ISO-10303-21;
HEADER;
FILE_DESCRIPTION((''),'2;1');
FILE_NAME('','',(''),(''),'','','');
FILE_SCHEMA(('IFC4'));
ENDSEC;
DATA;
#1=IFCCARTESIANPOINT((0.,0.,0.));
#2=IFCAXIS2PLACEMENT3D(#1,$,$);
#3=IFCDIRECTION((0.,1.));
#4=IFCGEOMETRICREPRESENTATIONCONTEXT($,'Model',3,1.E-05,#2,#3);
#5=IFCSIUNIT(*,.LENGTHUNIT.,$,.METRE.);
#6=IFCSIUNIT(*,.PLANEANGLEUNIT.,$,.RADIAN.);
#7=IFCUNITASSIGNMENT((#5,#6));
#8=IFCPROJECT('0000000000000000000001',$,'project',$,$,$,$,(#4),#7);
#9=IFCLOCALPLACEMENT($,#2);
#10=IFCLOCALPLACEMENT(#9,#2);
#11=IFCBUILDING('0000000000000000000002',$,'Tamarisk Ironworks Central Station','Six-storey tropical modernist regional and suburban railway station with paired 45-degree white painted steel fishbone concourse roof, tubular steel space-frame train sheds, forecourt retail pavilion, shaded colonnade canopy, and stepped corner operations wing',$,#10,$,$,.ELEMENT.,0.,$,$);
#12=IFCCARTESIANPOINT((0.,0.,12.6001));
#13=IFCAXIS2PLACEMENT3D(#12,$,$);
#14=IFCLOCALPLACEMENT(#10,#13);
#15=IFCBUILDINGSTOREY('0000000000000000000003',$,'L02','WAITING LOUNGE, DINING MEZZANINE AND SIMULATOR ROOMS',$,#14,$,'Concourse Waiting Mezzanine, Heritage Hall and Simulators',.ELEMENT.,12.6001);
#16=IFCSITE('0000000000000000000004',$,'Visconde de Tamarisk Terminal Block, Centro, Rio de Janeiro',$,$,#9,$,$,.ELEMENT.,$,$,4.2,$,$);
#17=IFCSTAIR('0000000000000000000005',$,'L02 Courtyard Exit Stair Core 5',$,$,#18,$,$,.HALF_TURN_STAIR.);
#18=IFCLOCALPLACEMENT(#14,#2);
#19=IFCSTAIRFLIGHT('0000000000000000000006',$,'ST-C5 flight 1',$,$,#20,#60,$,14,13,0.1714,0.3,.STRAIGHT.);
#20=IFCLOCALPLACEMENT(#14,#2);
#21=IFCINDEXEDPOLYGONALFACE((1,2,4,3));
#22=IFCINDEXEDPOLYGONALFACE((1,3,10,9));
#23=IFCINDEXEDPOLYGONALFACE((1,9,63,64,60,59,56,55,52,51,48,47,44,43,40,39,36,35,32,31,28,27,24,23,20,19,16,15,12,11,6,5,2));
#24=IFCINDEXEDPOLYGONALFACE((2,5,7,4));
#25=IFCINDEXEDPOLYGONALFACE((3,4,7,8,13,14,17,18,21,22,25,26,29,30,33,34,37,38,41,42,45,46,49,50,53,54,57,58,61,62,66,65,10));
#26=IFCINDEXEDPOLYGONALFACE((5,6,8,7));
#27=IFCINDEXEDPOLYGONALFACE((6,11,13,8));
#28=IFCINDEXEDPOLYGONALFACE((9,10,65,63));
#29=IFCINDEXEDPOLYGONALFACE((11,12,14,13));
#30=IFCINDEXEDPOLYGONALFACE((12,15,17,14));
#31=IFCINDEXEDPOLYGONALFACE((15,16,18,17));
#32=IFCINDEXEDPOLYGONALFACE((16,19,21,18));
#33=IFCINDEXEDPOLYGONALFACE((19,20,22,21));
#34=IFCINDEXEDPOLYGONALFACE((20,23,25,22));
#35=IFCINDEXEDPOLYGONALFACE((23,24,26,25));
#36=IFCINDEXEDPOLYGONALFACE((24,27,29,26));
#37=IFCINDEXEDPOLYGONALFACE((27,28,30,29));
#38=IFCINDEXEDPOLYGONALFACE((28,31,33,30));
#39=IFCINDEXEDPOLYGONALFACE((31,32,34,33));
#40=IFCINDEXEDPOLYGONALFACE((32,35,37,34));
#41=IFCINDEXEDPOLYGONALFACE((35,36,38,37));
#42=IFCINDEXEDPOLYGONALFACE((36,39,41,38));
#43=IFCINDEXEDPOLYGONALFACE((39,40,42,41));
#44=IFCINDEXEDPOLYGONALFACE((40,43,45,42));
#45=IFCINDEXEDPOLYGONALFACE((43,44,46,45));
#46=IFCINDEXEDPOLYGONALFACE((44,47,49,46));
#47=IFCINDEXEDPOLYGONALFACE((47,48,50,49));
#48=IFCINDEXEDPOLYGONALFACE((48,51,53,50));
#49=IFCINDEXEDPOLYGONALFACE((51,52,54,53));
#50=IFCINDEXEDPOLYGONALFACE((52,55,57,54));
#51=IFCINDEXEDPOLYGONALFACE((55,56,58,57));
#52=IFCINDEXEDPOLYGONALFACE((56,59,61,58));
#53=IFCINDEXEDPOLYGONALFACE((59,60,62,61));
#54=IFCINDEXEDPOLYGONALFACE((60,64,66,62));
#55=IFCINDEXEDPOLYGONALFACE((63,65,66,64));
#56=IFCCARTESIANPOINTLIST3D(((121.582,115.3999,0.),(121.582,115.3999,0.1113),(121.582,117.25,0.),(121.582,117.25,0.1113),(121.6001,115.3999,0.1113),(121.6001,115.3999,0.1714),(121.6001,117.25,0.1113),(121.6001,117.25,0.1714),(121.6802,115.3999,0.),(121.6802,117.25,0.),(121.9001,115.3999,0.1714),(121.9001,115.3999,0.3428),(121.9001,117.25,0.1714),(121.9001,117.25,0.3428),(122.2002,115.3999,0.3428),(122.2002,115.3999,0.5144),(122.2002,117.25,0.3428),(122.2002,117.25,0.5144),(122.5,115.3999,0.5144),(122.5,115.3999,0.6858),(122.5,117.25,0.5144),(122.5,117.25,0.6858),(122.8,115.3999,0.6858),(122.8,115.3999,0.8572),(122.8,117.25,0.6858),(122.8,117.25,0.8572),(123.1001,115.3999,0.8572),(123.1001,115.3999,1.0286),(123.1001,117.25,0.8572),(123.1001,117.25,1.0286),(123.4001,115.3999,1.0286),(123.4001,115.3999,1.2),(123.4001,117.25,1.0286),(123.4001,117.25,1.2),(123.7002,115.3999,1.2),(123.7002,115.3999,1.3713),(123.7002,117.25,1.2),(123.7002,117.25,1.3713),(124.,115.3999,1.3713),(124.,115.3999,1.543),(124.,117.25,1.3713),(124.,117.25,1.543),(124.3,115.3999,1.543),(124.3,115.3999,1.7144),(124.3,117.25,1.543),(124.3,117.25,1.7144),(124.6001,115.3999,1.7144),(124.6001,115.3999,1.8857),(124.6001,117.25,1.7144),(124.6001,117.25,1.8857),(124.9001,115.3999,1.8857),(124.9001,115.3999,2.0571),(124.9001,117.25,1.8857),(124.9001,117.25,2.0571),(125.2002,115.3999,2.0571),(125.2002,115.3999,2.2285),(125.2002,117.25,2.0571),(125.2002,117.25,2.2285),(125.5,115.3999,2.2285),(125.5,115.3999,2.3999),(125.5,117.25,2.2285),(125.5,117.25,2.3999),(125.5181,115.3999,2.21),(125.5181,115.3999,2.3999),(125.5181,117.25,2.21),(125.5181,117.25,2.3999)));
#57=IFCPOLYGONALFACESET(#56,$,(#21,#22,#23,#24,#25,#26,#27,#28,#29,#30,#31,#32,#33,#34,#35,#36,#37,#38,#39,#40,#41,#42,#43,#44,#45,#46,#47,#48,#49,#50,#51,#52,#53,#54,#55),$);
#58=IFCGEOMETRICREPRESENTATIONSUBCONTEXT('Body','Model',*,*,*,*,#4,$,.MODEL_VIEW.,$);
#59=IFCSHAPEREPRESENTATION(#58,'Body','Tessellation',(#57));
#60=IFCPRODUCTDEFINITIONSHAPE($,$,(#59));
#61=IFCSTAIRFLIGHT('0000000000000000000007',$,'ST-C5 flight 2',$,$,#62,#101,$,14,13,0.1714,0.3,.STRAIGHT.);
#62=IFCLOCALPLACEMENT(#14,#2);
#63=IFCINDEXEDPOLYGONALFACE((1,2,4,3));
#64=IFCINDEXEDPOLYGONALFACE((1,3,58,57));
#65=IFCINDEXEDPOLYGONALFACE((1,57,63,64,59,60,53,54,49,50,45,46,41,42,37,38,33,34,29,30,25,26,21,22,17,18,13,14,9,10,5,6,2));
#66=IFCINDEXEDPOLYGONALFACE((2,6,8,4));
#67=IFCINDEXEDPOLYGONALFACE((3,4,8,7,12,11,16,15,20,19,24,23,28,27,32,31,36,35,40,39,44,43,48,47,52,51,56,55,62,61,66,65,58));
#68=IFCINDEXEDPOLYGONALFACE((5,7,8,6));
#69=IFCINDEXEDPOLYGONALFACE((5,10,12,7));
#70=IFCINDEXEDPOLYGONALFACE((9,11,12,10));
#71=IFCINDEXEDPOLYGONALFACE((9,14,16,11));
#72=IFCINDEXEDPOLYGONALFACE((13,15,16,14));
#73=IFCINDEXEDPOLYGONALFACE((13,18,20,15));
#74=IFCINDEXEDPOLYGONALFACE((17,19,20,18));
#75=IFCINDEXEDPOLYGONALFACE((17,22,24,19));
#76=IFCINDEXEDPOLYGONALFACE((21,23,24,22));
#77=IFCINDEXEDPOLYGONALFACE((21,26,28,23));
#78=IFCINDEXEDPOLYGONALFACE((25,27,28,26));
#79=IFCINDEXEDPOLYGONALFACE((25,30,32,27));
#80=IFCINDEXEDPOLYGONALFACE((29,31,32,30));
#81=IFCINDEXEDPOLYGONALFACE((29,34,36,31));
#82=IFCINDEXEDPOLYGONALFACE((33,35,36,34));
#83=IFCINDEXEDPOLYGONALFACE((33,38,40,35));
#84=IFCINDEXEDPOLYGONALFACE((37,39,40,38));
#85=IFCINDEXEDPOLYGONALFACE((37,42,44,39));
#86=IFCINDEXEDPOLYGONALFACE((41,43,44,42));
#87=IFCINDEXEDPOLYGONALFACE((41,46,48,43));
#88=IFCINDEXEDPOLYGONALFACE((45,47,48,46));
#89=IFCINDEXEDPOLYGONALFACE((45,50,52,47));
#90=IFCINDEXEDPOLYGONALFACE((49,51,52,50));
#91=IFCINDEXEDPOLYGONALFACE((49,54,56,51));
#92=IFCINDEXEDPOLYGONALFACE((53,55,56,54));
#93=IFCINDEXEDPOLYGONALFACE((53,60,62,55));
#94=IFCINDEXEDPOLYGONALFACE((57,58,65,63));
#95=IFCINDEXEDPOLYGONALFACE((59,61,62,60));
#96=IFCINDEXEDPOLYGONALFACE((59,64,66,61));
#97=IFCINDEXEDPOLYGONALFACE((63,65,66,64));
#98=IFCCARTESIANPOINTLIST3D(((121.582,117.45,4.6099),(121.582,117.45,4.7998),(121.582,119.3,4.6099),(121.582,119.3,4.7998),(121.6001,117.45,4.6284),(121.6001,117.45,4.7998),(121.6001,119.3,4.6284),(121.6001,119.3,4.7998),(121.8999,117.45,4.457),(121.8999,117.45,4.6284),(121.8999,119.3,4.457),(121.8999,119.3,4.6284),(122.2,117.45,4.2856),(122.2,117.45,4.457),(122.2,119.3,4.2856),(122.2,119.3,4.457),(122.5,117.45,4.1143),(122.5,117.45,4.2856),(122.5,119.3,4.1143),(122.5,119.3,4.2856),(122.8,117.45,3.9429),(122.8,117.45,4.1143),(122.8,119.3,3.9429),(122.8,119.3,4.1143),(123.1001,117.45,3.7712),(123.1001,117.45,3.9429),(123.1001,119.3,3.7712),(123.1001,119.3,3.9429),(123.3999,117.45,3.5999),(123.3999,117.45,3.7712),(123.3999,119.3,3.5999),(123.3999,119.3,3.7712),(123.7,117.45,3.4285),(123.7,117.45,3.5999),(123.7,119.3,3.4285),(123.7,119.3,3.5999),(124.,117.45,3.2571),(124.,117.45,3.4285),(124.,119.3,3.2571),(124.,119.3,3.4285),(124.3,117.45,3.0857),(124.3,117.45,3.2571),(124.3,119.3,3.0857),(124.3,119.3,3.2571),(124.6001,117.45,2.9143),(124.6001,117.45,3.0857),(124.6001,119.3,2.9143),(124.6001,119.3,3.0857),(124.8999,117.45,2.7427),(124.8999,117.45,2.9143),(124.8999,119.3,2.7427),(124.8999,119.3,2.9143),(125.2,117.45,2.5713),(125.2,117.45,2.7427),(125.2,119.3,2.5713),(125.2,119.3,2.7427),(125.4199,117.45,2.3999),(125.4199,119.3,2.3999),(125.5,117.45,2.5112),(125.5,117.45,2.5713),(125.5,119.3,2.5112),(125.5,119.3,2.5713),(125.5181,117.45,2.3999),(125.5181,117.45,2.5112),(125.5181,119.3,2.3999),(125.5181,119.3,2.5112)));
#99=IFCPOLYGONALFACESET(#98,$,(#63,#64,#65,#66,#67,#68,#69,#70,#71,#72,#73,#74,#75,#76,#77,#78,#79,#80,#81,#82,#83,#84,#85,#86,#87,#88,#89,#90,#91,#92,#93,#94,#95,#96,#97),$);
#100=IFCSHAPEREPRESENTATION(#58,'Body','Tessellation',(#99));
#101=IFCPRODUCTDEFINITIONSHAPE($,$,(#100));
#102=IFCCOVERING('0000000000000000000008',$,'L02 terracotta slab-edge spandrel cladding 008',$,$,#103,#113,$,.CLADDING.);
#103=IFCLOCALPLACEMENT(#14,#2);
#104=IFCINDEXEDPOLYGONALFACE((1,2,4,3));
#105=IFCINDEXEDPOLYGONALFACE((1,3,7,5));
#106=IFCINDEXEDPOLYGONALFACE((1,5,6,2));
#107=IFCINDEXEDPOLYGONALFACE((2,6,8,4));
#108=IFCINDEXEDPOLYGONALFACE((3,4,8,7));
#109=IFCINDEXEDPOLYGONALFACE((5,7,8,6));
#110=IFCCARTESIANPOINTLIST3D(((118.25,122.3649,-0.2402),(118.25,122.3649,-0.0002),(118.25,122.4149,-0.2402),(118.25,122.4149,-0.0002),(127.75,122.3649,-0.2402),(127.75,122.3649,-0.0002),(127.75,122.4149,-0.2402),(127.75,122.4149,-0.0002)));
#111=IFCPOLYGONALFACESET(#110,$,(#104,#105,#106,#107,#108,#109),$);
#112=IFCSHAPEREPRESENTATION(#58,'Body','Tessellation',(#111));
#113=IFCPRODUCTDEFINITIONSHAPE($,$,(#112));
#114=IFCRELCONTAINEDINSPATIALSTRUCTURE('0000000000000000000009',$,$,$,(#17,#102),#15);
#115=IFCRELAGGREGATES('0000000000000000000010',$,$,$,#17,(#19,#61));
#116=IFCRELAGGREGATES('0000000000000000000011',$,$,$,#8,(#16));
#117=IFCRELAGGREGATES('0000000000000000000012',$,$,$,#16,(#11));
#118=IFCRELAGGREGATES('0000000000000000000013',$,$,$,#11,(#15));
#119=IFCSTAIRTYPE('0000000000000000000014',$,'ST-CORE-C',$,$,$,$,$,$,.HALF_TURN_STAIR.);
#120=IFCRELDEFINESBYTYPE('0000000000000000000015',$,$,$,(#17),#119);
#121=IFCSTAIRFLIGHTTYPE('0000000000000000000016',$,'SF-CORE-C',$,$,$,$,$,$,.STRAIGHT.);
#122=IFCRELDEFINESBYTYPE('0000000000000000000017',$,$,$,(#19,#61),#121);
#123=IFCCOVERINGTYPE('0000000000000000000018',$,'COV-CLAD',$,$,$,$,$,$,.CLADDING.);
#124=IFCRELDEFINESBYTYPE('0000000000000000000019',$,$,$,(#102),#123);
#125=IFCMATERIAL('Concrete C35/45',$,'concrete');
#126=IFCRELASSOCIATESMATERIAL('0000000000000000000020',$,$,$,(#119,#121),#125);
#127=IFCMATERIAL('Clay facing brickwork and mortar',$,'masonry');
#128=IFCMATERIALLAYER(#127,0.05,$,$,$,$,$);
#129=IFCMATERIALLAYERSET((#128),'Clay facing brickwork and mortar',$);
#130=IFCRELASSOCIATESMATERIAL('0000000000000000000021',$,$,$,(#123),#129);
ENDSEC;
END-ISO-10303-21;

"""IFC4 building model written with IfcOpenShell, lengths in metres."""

from ifc_helpers import new_model, si_unit, direction, frame, origin, origin_2d, place, context, subcontext, project, spatial, polyline, rectangle, outline, extrude, material, layer, layer_set, type_object, element, aggregate, save


model = new_model("IFC4")

# Units and contexts
model_context = context("Model", 3, precision=1e-05, world=origin(), true_north=direction((0.0, 1.0)))
body_context = subcontext(model_context, "Body", "Model", "MODEL_VIEW")
ifc_project = project(units=[si_unit("LENGTHUNIT", "METRE"), si_unit("PLANEANGLEUNIT", "RADIAN")], contexts=[model_context])

# Site, building, storey
site_placement = place(None, origin())
site = spatial("IfcSite", under=ifc_project, at=site_placement, Name="Visconde de Tamarisk Terminal Block, Centro, Rio de Janeiro", CompositionType="ELEMENT", RefElevation=4.2)
building_placement = place(site_placement, origin())
building = spatial("IfcBuilding", under=site, at=building_placement, Name="Tamarisk Ironworks Central Station", Description="Six-storey tropical modernist regional and suburban railway station with paired 45-degree white painted steel fishbone concourse roof, tubular steel space-frame train sheds, forecourt retail pavilion, shaded colonnade canopy, and stepped corner operations wing", CompositionType="ELEMENT", ElevationOfRefHeight=0.0)
storey_placement = place(building_placement, frame((0.0, 0.0, 12.6001)))
storey = spatial("IfcBuildingStorey", under=building, at=storey_placement, Name="L02", Description="WAITING LOUNGE, DINING MEZZANINE AND SIMULATOR ROOMS", LongName="Concourse Waiting Mezzanine, Heritage Hall and Simulators", CompositionType="ELEMENT", Elevation=12.6001)

# Stair, stair flights
ifc_material_1 = material(Name="Concrete C35/45", Category="concrete")
stair_type = type_object("IfcStairType", Name="ST-CORE-C", PredefinedType="HALF_TURN_STAIR", material=ifc_material_1)
stair_placement = place(storey_placement, origin())
stair = element("IfcStair", 1, at=stair_placement, inside=storey, type_object=stair_type, Name="L02 Courtyard Exit Stair Core 5", PredefinedType="HALF_TURN_STAIR")
stair_flight_type = type_object("IfcStairFlightType", Name="SF-CORE-C", PredefinedType="STRAIGHT", material=ifc_material_1)
stair_flight_1_placement = place(storey_placement, frame((121.6001, 116.325, 0.0), z_axis=(0.0, 0.0, 1.0), x_axis=(1.0, 0.0, 0.0)))
stair_flight_1 = element("IfcStairFlight", 2, at=stair_flight_1_placement, type_object=stair_flight_type, Name="ST-C5 flight 1", NumberOfRisers=14, NumberOfTreads=13, PredefinedType="STRAIGHT", RiserHeight=0.1714, TreadLength=0.3, context=body_context, shape_type="SweptSolid", body=[
    extrude(outline(polyline([(-0.0181, 0.0), (-0.0181, 0.1113), (0.0, 0.1113), (0.0, 0.1714), (0.3, 0.1714), (0.3, 0.3428), (0.6001, 0.3428), (0.6001, 0.5144), (0.8999, 0.5144), (0.8999, 0.6858), (1.2, 0.6858), (1.2, 0.8572), (1.5, 0.8572), (1.5, 1.0286), (1.8, 1.0286), (1.8, 1.2), (2.1001, 1.2), (2.1001, 1.3713), (2.3999, 1.3713), (2.3999, 1.543), (2.7, 1.543), (2.7, 1.7144), (3.0, 1.7144), (3.0, 1.8857), (3.3, 1.8857), (3.3, 2.0571), (3.6001, 2.0571), (3.6001, 2.2285), (3.8999, 2.2285), (3.8999, 2.3999), (3.918, 2.3999), (3.918, 2.21), (0.0801, 0.0), (-0.0181, 0.0)])), frame((0.0, 0.925, 0.0), z_axis=(0.0, -1.0, 0.0), x_axis=(1.0, 0.0, 0.0)), (0.0, 0.0, 1.0), 1.8501),
])
stair_flight_2_placement = place(storey_placement, frame((125.5, 118.375, 2.3999), z_axis=(0.0, 0.0, 1.0), x_axis=(-1.0, 0.0, 0.0)))
stair_flight_2 = element("IfcStairFlight", 3, at=stair_flight_2_placement, type_object=stair_flight_type, Name="ST-C5 flight 2", NumberOfRisers=14, NumberOfTreads=13, PredefinedType="STRAIGHT", RiserHeight=0.1714, TreadLength=0.3, context=body_context, shape_type="SweptSolid", body=[
    extrude(outline(polyline([(-0.0181, 0.0), (-0.0181, 0.1113), (0.0, 0.1113), (0.0, 0.1714), (0.3, 0.1714), (0.3, 0.3428), (0.6001, 0.3428), (0.6001, 0.5144), (0.8999, 0.5144), (0.8999, 0.6858), (1.2, 0.6858), (1.2, 0.8572), (1.5, 0.8572), (1.5, 1.0286), (1.8, 1.0286), (1.8, 1.2), (2.1001, 1.2), (2.1001, 1.3713), (2.3999, 1.3713), (2.3999, 1.543), (2.7, 1.543), (2.7, 1.7144), (3.0, 1.7144), (3.0, 1.8857), (3.3, 1.8857), (3.3, 2.0571), (3.6001, 2.0571), (3.6001, 2.2285), (3.8999, 2.2285), (3.8999, 2.3999), (3.918, 2.3999), (3.918, 2.21), (0.0801, 0.0), (-0.0181, 0.0)])), frame((0.0, 0.925, 0.0), z_axis=(0.0, -1.0, 0.0), x_axis=(1.0, 0.0, 0.0)), (0.0, 0.0, 1.0), 1.8501),
])
aggregate(stair, [stair_flight_1, stair_flight_2])

# Covering
ifc_material_2 = material(Name="Clay facing brickwork and mortar", Category="masonry")
ifc_layer_1 = layer(ifc_material_2, 0.05)
ifc_layer_set_1 = layer_set([ifc_layer_1], Name="Clay facing brickwork and mortar")
covering_type = type_object("IfcCoveringType", Name="COV-CLAD", PredefinedType="CLADDING", material=ifc_layer_set_1)
covering_placement = place(storey_placement, frame((123.0, 122.3899, -0.2402), z_axis=(0.0, 0.0, 1.0), x_axis=(1.0, 0.0, 0.0)))
element("IfcCovering", 4, at=covering_placement, inside=storey, type_object=covering_type, Name="L02 terracotta slab-edge spandrel cladding 008", PredefinedType="CLADDING", context=body_context, shape_type="SweptSolid", body=[
    extrude(rectangle(XDim=9.5, YDim=0.05, at=origin_2d()), origin(), (0.0, 0.0, 1.0), 0.24),
])

save(model, "model.ifc")
